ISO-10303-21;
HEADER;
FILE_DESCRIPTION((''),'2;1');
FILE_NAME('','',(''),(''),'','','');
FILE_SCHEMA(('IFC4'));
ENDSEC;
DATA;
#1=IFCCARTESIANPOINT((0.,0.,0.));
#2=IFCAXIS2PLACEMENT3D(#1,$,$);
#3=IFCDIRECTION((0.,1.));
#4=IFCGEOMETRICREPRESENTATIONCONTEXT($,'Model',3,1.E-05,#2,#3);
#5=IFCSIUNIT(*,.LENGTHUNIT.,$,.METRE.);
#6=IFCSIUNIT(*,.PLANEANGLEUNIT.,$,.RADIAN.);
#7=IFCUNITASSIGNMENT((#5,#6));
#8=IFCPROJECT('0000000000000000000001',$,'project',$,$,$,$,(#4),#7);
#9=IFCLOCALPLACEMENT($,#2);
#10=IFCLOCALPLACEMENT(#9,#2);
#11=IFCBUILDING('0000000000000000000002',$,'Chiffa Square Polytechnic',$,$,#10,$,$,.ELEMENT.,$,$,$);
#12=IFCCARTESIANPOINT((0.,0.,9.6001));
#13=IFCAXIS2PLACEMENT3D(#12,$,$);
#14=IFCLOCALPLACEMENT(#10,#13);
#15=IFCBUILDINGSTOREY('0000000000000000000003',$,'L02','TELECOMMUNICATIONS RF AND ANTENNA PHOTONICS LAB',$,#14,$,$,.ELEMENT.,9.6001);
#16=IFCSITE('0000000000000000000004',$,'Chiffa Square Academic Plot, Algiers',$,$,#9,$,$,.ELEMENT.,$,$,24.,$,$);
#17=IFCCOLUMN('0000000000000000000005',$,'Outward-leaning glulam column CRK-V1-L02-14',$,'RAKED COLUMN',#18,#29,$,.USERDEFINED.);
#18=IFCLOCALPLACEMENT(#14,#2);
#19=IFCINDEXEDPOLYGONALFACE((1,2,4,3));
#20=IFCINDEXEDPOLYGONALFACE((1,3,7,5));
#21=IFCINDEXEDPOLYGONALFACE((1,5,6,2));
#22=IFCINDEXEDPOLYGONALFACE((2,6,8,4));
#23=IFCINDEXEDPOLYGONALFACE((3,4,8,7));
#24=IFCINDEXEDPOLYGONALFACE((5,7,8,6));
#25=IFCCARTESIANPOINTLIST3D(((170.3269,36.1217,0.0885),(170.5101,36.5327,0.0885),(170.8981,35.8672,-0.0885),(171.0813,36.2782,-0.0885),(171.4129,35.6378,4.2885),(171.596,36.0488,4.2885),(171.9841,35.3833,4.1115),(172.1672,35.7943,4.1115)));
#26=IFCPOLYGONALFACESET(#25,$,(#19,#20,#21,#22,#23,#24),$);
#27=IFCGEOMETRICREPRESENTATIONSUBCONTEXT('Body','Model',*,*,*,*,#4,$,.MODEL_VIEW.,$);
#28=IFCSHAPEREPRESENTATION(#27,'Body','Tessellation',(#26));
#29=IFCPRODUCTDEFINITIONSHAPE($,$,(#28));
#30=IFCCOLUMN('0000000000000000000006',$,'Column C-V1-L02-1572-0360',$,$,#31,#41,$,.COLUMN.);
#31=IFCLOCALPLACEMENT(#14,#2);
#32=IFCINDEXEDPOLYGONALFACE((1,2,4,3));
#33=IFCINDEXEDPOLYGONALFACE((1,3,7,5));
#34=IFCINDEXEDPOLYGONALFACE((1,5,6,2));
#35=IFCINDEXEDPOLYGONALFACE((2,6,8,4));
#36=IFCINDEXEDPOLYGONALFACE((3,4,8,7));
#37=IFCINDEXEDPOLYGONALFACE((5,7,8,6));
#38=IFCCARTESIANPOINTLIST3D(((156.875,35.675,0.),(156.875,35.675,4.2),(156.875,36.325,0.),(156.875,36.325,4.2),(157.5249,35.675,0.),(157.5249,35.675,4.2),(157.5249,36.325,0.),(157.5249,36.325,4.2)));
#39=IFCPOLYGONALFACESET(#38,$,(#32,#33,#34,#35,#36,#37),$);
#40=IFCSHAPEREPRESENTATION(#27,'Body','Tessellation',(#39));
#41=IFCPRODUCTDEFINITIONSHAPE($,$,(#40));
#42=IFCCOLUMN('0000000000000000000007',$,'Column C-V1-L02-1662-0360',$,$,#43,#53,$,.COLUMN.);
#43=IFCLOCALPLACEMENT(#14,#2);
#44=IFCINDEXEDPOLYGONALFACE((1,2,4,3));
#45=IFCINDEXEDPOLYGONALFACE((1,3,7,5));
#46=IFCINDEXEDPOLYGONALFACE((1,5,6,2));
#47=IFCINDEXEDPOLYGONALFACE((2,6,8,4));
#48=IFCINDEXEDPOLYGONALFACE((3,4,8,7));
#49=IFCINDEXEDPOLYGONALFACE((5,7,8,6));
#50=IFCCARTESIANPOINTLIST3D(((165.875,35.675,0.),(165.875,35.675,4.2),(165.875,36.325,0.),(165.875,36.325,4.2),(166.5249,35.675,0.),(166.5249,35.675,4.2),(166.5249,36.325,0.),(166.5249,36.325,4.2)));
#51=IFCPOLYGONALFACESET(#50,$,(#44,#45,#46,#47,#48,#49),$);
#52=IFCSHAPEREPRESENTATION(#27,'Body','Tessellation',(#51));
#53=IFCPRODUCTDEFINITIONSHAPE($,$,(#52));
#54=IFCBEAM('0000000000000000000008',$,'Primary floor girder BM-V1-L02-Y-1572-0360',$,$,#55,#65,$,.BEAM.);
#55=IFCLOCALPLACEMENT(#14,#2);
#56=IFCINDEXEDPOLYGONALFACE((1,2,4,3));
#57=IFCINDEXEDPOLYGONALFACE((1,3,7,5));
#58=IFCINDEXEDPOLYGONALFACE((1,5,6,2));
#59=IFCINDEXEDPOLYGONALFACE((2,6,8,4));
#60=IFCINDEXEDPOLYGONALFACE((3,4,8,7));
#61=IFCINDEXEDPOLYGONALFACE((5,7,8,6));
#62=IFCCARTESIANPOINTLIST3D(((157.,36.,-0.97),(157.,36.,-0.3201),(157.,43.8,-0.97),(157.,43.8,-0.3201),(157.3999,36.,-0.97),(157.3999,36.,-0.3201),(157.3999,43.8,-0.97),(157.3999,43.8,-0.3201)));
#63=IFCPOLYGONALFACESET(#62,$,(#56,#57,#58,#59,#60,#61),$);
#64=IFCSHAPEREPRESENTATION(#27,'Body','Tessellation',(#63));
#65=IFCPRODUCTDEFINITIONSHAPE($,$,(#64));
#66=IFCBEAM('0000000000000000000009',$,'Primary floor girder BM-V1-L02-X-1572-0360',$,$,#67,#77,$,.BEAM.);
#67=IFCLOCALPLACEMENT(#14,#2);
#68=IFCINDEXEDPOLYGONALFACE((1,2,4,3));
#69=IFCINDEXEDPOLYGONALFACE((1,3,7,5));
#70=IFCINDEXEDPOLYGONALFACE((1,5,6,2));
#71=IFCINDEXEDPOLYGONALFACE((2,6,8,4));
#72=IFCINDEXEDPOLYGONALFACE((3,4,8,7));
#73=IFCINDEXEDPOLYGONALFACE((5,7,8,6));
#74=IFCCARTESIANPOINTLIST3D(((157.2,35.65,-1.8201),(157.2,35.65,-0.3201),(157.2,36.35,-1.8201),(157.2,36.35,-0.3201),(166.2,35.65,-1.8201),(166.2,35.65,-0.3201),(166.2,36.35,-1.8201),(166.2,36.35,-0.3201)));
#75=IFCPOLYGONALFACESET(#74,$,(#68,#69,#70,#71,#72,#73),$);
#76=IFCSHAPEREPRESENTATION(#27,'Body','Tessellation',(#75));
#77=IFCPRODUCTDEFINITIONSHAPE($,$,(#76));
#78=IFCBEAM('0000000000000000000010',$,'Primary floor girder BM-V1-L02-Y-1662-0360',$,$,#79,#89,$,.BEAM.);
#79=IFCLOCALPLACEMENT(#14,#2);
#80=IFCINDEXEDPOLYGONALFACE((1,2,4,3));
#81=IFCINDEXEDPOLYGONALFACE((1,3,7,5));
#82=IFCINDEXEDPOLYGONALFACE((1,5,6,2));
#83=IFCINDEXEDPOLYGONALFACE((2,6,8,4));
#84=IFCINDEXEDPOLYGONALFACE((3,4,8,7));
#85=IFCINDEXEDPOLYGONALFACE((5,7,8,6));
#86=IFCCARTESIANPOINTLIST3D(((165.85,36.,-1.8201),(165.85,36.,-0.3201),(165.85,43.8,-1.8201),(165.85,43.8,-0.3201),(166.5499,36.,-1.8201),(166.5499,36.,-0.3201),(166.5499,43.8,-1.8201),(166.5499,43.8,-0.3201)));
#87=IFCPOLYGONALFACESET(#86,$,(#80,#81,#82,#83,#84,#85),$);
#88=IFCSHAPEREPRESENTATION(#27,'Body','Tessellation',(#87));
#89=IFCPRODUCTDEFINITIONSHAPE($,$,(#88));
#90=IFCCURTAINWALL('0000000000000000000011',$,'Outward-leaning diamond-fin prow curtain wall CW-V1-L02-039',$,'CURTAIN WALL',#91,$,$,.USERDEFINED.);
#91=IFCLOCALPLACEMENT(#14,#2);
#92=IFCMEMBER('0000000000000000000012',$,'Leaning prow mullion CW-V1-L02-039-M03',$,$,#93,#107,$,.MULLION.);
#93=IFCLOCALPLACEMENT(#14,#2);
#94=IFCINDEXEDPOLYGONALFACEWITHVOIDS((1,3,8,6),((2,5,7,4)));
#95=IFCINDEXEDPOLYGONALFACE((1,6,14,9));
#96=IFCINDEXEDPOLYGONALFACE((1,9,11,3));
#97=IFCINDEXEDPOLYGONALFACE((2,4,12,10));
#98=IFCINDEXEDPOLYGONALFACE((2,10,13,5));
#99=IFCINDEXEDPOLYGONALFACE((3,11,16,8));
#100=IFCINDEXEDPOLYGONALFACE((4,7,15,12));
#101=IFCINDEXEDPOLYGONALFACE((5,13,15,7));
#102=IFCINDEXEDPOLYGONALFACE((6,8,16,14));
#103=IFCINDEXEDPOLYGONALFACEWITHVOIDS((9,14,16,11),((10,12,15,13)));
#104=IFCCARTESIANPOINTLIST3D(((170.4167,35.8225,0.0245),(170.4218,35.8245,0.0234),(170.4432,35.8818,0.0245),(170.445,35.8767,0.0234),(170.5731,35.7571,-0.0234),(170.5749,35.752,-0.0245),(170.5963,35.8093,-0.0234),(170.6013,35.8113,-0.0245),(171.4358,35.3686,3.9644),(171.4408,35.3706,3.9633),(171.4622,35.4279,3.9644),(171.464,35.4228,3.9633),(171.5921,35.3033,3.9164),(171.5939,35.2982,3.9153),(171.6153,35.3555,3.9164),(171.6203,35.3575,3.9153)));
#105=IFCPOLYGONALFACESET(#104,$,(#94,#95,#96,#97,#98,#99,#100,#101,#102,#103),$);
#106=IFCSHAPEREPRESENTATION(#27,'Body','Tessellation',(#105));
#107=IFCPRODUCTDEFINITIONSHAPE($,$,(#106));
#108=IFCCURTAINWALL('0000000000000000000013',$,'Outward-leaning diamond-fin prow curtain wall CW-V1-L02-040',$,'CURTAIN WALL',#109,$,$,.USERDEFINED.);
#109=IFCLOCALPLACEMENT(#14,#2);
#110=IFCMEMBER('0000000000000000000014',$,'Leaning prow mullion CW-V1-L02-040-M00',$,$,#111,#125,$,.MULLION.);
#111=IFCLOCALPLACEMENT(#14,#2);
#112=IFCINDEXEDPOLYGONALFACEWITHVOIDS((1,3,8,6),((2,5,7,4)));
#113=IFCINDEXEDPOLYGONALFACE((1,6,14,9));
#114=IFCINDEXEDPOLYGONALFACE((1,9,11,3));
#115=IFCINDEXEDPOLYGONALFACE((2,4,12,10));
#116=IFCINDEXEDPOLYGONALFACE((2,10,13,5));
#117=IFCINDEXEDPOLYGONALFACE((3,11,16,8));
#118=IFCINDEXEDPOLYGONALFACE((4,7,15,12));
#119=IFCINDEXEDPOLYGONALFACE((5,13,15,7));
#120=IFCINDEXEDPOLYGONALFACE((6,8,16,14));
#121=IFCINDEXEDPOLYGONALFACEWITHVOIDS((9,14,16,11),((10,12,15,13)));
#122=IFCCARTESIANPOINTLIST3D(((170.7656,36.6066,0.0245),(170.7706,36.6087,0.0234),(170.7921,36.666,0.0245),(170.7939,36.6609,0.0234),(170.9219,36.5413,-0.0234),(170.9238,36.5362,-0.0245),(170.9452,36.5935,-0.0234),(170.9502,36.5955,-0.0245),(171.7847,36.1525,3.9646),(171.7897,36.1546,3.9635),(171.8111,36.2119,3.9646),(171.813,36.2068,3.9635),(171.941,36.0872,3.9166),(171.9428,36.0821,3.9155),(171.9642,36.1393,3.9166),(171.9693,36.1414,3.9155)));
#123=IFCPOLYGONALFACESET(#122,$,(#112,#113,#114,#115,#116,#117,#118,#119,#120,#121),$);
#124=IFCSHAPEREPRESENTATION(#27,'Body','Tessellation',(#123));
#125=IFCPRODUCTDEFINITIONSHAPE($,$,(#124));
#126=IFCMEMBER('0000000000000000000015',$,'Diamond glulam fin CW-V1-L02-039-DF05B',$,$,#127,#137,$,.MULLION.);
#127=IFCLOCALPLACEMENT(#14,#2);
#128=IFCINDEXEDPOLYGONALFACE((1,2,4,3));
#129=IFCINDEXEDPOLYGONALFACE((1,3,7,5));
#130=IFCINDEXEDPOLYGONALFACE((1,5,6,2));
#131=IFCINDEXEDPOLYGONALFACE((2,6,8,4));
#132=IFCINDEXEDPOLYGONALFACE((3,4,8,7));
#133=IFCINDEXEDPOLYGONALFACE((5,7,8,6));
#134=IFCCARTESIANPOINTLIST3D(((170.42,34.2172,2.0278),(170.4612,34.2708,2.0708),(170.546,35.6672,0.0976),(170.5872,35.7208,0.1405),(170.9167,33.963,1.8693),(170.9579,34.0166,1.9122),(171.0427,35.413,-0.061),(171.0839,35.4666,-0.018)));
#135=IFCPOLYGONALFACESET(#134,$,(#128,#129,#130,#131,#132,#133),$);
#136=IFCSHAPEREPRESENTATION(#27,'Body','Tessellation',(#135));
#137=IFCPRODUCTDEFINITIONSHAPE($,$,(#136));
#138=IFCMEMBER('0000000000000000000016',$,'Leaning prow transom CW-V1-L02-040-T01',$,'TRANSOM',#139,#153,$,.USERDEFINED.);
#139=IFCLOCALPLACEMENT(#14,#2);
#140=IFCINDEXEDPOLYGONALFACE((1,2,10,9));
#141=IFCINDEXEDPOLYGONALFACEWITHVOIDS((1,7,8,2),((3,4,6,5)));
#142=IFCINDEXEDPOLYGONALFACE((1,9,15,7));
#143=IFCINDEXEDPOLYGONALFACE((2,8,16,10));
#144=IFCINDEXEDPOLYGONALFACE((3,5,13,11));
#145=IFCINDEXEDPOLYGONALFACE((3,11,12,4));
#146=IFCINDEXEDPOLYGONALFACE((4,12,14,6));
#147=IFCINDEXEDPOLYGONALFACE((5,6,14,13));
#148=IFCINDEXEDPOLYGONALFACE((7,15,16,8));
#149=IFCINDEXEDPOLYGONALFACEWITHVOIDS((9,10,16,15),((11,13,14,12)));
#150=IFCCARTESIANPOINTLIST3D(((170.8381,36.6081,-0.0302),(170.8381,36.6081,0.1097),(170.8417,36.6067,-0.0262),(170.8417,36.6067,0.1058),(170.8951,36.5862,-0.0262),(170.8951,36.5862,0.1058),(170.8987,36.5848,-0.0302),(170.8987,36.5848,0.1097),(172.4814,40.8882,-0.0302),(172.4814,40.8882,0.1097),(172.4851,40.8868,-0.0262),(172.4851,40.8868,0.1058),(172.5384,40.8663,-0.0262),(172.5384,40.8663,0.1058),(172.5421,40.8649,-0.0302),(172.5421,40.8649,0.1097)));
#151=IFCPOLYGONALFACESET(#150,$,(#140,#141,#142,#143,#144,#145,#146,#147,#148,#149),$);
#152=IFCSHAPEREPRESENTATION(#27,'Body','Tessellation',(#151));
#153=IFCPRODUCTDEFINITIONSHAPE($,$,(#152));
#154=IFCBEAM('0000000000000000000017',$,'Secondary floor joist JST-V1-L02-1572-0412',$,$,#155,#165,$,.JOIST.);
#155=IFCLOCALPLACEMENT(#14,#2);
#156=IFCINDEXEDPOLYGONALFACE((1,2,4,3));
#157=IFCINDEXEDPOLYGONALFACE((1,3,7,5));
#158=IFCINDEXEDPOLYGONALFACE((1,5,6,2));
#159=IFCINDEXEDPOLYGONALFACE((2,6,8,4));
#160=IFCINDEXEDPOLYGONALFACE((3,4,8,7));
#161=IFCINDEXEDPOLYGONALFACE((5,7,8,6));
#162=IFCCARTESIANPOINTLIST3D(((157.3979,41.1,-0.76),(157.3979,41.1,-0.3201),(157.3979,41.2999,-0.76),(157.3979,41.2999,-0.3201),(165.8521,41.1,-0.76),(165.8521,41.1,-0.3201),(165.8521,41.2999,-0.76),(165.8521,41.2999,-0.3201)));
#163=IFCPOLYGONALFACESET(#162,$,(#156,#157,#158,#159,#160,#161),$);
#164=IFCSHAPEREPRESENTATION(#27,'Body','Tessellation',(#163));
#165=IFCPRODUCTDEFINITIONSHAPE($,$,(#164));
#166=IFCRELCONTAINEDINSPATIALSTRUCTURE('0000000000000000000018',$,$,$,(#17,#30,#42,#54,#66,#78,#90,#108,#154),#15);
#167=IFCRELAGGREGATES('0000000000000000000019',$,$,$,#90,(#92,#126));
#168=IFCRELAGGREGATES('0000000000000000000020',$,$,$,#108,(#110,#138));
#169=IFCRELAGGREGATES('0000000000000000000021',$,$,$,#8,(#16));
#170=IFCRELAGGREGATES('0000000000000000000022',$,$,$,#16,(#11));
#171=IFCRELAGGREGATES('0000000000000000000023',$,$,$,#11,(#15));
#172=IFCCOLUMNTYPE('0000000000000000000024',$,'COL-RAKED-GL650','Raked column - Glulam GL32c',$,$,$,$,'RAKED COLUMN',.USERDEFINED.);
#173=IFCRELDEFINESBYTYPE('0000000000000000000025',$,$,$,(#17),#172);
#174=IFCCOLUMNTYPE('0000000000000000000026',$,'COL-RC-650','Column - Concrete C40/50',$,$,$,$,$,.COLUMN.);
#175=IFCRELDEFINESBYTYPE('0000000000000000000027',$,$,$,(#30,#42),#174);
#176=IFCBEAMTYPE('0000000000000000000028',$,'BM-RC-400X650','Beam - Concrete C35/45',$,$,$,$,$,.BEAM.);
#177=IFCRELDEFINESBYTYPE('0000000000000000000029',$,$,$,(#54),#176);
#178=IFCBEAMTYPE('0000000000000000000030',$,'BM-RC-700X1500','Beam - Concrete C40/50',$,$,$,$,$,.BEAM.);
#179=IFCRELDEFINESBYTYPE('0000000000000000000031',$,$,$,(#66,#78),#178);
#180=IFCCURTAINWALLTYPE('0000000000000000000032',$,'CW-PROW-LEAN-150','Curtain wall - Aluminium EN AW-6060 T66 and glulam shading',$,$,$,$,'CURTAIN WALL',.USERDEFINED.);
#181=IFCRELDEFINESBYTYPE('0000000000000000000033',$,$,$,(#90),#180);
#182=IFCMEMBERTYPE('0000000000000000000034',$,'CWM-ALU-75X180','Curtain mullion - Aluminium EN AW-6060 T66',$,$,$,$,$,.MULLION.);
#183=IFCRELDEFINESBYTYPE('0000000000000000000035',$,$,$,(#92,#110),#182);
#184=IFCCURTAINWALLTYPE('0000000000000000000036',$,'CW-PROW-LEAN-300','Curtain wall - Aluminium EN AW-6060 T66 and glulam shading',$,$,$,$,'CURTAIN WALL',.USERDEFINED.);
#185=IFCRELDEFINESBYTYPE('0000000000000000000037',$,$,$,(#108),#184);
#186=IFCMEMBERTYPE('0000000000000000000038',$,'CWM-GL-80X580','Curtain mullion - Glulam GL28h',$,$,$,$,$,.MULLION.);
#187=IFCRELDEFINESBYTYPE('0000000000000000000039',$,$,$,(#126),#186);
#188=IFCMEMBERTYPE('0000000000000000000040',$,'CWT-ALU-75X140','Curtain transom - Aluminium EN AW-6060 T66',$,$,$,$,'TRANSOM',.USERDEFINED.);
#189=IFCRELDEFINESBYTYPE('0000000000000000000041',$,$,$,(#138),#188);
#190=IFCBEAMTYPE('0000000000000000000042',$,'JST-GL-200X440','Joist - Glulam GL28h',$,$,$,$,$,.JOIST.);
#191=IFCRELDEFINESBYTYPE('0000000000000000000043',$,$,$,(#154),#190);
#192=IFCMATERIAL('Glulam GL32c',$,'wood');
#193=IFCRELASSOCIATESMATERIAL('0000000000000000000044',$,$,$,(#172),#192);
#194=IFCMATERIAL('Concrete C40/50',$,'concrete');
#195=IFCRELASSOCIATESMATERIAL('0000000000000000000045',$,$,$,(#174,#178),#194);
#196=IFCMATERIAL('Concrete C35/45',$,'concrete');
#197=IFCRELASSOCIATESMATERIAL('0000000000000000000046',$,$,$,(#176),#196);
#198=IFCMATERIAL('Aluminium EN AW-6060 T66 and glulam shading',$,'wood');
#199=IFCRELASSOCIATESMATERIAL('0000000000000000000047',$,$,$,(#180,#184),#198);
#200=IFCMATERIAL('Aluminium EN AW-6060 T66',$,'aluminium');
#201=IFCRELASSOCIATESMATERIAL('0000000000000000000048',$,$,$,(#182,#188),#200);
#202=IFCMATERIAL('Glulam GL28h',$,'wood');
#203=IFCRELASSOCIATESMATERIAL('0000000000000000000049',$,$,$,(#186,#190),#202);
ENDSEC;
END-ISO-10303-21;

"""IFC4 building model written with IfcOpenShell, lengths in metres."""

from ifc_helpers import new_model, si_unit, direction, frame, origin, origin_2d, place, context, subcontext, project, spatial, rectangle, hollow_rectangle, extrude, material, material_profile, profile_set, type_object, element, aggregate, save


model = new_model("IFC4")

# Units and contexts
model_context = context("Model", 3, precision=1e-05, world=origin(), true_north=direction((0.0, 1.0)))
body_context = subcontext(model_context, "Body", "Model", "MODEL_VIEW")
ifc_project = project(units=[si_unit("LENGTHUNIT", "METRE"), si_unit("PLANEANGLEUNIT", "RADIAN")], contexts=[model_context])

# Site, building, storey
site_placement = place(None, origin())
site = spatial("IfcSite", under=ifc_project, at=site_placement, Name="Chiffa Square Academic Plot, Algiers", CompositionType="ELEMENT", RefElevation=24.0)
building_placement = place(site_placement, origin())
building = spatial("IfcBuilding", under=site, at=building_placement, Name="Chiffa Square Polytechnic", CompositionType="ELEMENT")
storey_placement = place(building_placement, frame((0.0, 0.0, 9.6001)))
storey = spatial("IfcBuildingStorey", under=building, at=storey_placement, Name="L02", Description="TELECOMMUNICATIONS RF AND ANTENNA PHOTONICS LAB", CompositionType="ELEMENT", Elevation=9.6001)

# Columns
ifc_material_1 = material(Name="Glulam GL32c", Category="wood")
ifc_material_profile_1 = material_profile(ifc_material_1, rectangle(XDim=0.45, YDim=0.6499, at=origin_2d()), Name="GL32c 450x650")
ifc_profile_set_1 = profile_set([ifc_material_profile_1], Name="Glulam GL32c")
column_type_1 = type_object("IfcColumnType", Name="COL-RAKED-GL650", Description="Raked column - Glulam GL32c", ElementType="RAKED COLUMN", PredefinedType="USERDEFINED", material=ifc_profile_set_1)
column_placement = place(storey_placement, frame((170.7041, 36.2, 0.0), z_axis=(0.248784, -0.110857, 0.962194), x_axis=(0.407015, 0.913422, 0.0)))
element("IfcColumn", 1, at=column_placement, inside=storey, type_object=column_type_1, Name="Outward-leaning glulam column CRK-V1-L02-14", ObjectType="RAKED COLUMN", PredefinedType="USERDEFINED", context=body_context, shape_type="SweptSolid", body=[
    extrude(rectangle(XDim=0.45, YDim=0.6499, at=origin_2d()), origin(), (0.0, 0.0, 1.0), 4.365),
])
ifc_material_2 = material(Name="Concrete C40/50", Category="concrete")
ifc_material_profile_2 = material_profile(ifc_material_2, rectangle(XDim=0.6499, YDim=0.6499, at=origin_2d()), Name="RC 650x650")
ifc_profile_set_2 = profile_set([ifc_material_profile_2], Name="Concrete C40/50")
column_type_2 = type_object("IfcColumnType", Name="COL-RC-650", Description="Column - Concrete C40/50", PredefinedType="COLUMN", material=ifc_profile_set_2)
for number, where, z_axis, x_axis, name in (
    (2, (157.2, 36.0, 0.0), (0.0, 0.0, 1.0), (1.0, 0.0, 0.0), "Column C-V1-L02-1572-0360"),
    (3, (166.2, 36.0, 0.0), (0.0, 0.0, 1.0), (1.0, 0.0, 0.0), "Column C-V1-L02-1662-0360"),
):
    element("IfcColumn", number, at=place(storey_placement, frame(where, z_axis=z_axis, x_axis=x_axis)), inside=storey, type_object=column_type_2, Name=name, PredefinedType="COLUMN", context=body_context, shape_type="SweptSolid", body=[
        extrude(rectangle(XDim=0.6499, YDim=0.6499, at=origin_2d()), origin(), (0.0, 0.0, 1.0), 4.2),
    ])

# Beams
ifc_material_3 = material(Name="Concrete C35/45", Category="concrete")
ifc_material_profile_3 = material_profile(ifc_material_3, rectangle(XDim=0.3999, YDim=0.6499, at=origin_2d()), Name="RC 400x650")
ifc_profile_set_3 = profile_set([ifc_material_profile_3], Name="Concrete C35/45")
beam_type_1 = type_object("IfcBeamType", Name="BM-RC-400X650", Description="Beam - Concrete C35/45", PredefinedType="BEAM", material=ifc_profile_set_3)
beam_1_placement = place(storey_placement, frame((157.2, 36.0, -0.645), z_axis=(0.0, 1.0, 0.0), x_axis=(-1.0, 0.0, 0.0)))
element("IfcBeam", 4, at=beam_1_placement, inside=storey, type_object=beam_type_1, Name="Primary floor girder BM-V1-L02-Y-1572-0360", PredefinedType="BEAM", context=body_context, shape_type="SweptSolid", body=[
    extrude(rectangle(XDim=0.3999, YDim=0.6499, at=origin_2d()), origin(), (0.0, 0.0, 1.0), 7.8),
])
ifc_material_profile_4 = material_profile(ifc_material_2, rectangle(XDim=0.7, YDim=1.5, at=origin_2d()), Name="RC 700x1500")
ifc_profile_set_4 = profile_set([ifc_material_profile_4], Name="Concrete C40/50")
beam_type_2 = type_object("IfcBeamType", Name="BM-RC-700X1500", Description="Beam - Concrete C40/50", PredefinedType="BEAM", material=ifc_profile_set_4)
beam_2_placement = place(storey_placement, frame((157.2, 36.0, -1.0701), z_axis=(1.0, 0.0, 0.0), x_axis=(0.0, 1.0, 0.0)))
element("IfcBeam", 5, at=beam_2_placement, inside=storey, type_object=beam_type_2, Name="Primary floor girder BM-V1-L02-X-1572-0360", PredefinedType="BEAM", context=body_context, shape_type="SweptSolid", body=[
    extrude(rectangle(XDim=0.7, YDim=1.5, at=origin_2d()), origin(), (0.0, 0.0, 1.0), 9.0),
])
beam_3_placement = place(storey_placement, frame((166.2, 36.0, -1.0701), z_axis=(0.0, 1.0, 0.0), x_axis=(-1.0, 0.0, 0.0)))
element("IfcBeam", 6, at=beam_3_placement, inside=storey, type_object=beam_type_2, Name="Primary floor girder BM-V1-L02-Y-1662-0360", PredefinedType="BEAM", context=body_context, shape_type="SweptSolid", body=[
    extrude(rectangle(XDim=0.7, YDim=1.5, at=origin_2d()), origin(), (0.0, 0.0, 1.0), 7.8),
])

# Curtain walls, members
ifc_material_4 = material(Name="Aluminium EN AW-6060 T66 and glulam shading", Category="wood")
curtain_wall_type_1 = type_object("IfcCurtainWallType", Name="CW-PROW-LEAN-150", Description="Curtain wall - Aluminium EN AW-6060 T66 and glulam shading", ElementType="CURTAIN WALL", PredefinedType="USERDEFINED", material=ifc_material_4)
curtain_wall_1_placement = place(storey_placement, origin())
curtain_wall_1 = element("IfcCurtainWall", 7, at=curtain_wall_1_placement, inside=storey, type_object=curtain_wall_type_1, Name="Outward-leaning diamond-fin prow curtain wall CW-V1-L02-039", ObjectType="CURTAIN WALL", PredefinedType="USERDEFINED")
ifc_material_5 = material(Name="Aluminium EN AW-6060 T66", Category="aluminium")
ifc_material_profile_5 = material_profile(ifc_material_5, hollow_rectangle(XDim=0.0649, YDim=0.1799, WallThickness=0.0039, at=origin_2d()), Name="ALU 65x180x4")
ifc_profile_set_5 = profile_set([ifc_material_profile_5], Name="Aluminium EN AW-6060 T66")
member_type_1 = type_object("IfcMemberType", Name="CWM-ALU-75X180", Description="Curtain mullion - Aluminium EN AW-6060 T66", PredefinedType="MULLION", material=ifc_profile_set_5)
member_1_placement = place(storey_placement, frame((170.509, 35.8169, 0.0), z_axis=(0.248861, -0.110837, 0.962176), x_axis=(0.406849, 0.913495, 0.0)))
member_1 = element("IfcMember", 8, at=member_1_placement, type_object=member_type_1, Name="Leaning prow mullion CW-V1-L02-039-M03", PredefinedType="MULLION", context=body_context, shape_type="SweptSolid", body=[
    extrude(hollow_rectangle(XDim=0.0649, YDim=0.1799, WallThickness=0.0039, at=origin_2d()), origin(), (0.0, 0.0, 1.0), 4.0947),
])
curtain_wall_type_2 = type_object("IfcCurtainWallType", Name="CW-PROW-LEAN-300", Description="Curtain wall - Aluminium EN AW-6060 T66 and glulam shading", ElementType="CURTAIN WALL", PredefinedType="USERDEFINED", material=ifc_material_4)
curtain_wall_2_placement = place(storey_placement, origin())
curtain_wall_2 = element("IfcCurtainWall", 9, at=curtain_wall_2_placement, inside=storey, type_object=curtain_wall_type_2, Name="Outward-leaning diamond-fin prow curtain wall CW-V1-L02-040", ObjectType="CURTAIN WALL", PredefinedType="USERDEFINED")
member_2_placement = place(storey_placement, frame((170.8579, 36.6011, 0.0), z_axis=(0.24886, -0.110896, 0.96217), x_axis=(0.407032, 0.913414, 0.0)))
member_2 = element("IfcMember", 10, at=member_2_placement, type_object=member_type_1, Name="Leaning prow mullion CW-V1-L02-040-M00", PredefinedType="MULLION", context=body_context, shape_type="SweptSolid", body=[
    extrude(hollow_rectangle(XDim=0.0649, YDim=0.1799, WallThickness=0.0039, at=origin_2d()), origin(), (0.0, 0.0, 1.0), 4.095),
])

# Members
ifc_material_6 = material(Name="Glulam GL28h", Category="wood")
ifc_material_profile_6 = material_profile(ifc_material_6, rectangle(XDim=0.0801, YDim=0.5801, at=origin_2d()), Name="GL28h 80x580")
ifc_profile_set_6 = profile_set([ifc_material_profile_6], Name="Glulam GL28h")
member_type_2 = type_object("IfcMemberType", Name="CWM-GL-80X580", Description="Curtain mullion - Glulam GL28h", PredefinedType="MULLION", material=ifc_profile_set_6)
member_3_placement = place(storey_placement, frame((170.8149, 35.5669, 0.0398), z_axis=(-0.052112, -0.599799, 0.798452), x_axis=(0.513866, 0.66946, 0.536438)))
member_3 = element("IfcMember", 11, at=member_3_placement, type_object=member_type_2, Name="Diamond glulam fin CW-V1-L02-039-DF05B", PredefinedType="MULLION", context=body_context, shape_type="SweptSolid", body=[
    extrude(rectangle(XDim=0.0801, YDim=0.5801, at=origin_2d()), origin(), (0.0, 0.0, 1.0), 2.4175),
])
aggregate(curtain_wall_1, [member_1, member_3])
ifc_material_profile_7 = material_profile(ifc_material_5, hollow_rectangle(XDim=0.0649, YDim=0.1399, WallThickness=0.0039, at=origin_2d()), Name="ALU 65x140x4")
ifc_profile_set_7 = profile_set([ifc_material_profile_7], Name="Aluminium EN AW-6060 T66")
member_type_3 = type_object("IfcMemberType", Name="CWT-ALU-75X140", Description="Curtain transom - Aluminium EN AW-6060 T66", ElementType="TRANSOM", PredefinedType="USERDEFINED", material=ifc_profile_set_7)
member_4_placement = place(storey_placement, frame((170.8684, 36.5964, 0.0398), z_axis=(0.358437, 0.933554, 0.0), x_axis=(-0.933554, 0.358437, 0.0)))
member_4 = element("IfcMember", 12, at=member_4_placement, type_object=member_type_3, Name="Leaning prow transom CW-V1-L02-040-T01", ObjectType="TRANSOM", PredefinedType="USERDEFINED", context=body_context, shape_type="SweptSolid", body=[
    extrude(hollow_rectangle(XDim=0.0649, YDim=0.1399, WallThickness=0.0039, at=origin_2d()), origin(), (0.0, 0.0, 1.0), 4.5847),
])

# Beam
ifc_material_profile_8 = material_profile(ifc_material_6, rectangle(XDim=0.2, YDim=0.4399, at=origin_2d()), Name="GL28h 200x440")
ifc_profile_set_8 = profile_set([ifc_material_profile_8], Name="Glulam GL28h")
beam_type_3 = type_object("IfcBeamType", Name="JST-GL-200X440", Description="Joist - Glulam GL28h", PredefinedType="JOIST", material=ifc_profile_set_8)
beam_4_placement = place(storey_placement, frame((157.3979, 41.2, -0.54), z_axis=(1.0, 0.0, 0.0), x_axis=(0.0, 1.0, 0.0)))
element("IfcBeam", 13, at=beam_4_placement, inside=storey, type_object=beam_type_3, Name="Secondary floor joist JST-V1-L02-1572-0412", PredefinedType="JOIST", context=body_context, shape_type="SweptSolid", body=[
    extrude(rectangle(XDim=0.2, YDim=0.4399, at=origin_2d()), origin(), (0.0, 0.0, 1.0), 8.4541),
])

aggregate(curtain_wall_2, [member_2, member_4])

save(model, "model.ifc")
